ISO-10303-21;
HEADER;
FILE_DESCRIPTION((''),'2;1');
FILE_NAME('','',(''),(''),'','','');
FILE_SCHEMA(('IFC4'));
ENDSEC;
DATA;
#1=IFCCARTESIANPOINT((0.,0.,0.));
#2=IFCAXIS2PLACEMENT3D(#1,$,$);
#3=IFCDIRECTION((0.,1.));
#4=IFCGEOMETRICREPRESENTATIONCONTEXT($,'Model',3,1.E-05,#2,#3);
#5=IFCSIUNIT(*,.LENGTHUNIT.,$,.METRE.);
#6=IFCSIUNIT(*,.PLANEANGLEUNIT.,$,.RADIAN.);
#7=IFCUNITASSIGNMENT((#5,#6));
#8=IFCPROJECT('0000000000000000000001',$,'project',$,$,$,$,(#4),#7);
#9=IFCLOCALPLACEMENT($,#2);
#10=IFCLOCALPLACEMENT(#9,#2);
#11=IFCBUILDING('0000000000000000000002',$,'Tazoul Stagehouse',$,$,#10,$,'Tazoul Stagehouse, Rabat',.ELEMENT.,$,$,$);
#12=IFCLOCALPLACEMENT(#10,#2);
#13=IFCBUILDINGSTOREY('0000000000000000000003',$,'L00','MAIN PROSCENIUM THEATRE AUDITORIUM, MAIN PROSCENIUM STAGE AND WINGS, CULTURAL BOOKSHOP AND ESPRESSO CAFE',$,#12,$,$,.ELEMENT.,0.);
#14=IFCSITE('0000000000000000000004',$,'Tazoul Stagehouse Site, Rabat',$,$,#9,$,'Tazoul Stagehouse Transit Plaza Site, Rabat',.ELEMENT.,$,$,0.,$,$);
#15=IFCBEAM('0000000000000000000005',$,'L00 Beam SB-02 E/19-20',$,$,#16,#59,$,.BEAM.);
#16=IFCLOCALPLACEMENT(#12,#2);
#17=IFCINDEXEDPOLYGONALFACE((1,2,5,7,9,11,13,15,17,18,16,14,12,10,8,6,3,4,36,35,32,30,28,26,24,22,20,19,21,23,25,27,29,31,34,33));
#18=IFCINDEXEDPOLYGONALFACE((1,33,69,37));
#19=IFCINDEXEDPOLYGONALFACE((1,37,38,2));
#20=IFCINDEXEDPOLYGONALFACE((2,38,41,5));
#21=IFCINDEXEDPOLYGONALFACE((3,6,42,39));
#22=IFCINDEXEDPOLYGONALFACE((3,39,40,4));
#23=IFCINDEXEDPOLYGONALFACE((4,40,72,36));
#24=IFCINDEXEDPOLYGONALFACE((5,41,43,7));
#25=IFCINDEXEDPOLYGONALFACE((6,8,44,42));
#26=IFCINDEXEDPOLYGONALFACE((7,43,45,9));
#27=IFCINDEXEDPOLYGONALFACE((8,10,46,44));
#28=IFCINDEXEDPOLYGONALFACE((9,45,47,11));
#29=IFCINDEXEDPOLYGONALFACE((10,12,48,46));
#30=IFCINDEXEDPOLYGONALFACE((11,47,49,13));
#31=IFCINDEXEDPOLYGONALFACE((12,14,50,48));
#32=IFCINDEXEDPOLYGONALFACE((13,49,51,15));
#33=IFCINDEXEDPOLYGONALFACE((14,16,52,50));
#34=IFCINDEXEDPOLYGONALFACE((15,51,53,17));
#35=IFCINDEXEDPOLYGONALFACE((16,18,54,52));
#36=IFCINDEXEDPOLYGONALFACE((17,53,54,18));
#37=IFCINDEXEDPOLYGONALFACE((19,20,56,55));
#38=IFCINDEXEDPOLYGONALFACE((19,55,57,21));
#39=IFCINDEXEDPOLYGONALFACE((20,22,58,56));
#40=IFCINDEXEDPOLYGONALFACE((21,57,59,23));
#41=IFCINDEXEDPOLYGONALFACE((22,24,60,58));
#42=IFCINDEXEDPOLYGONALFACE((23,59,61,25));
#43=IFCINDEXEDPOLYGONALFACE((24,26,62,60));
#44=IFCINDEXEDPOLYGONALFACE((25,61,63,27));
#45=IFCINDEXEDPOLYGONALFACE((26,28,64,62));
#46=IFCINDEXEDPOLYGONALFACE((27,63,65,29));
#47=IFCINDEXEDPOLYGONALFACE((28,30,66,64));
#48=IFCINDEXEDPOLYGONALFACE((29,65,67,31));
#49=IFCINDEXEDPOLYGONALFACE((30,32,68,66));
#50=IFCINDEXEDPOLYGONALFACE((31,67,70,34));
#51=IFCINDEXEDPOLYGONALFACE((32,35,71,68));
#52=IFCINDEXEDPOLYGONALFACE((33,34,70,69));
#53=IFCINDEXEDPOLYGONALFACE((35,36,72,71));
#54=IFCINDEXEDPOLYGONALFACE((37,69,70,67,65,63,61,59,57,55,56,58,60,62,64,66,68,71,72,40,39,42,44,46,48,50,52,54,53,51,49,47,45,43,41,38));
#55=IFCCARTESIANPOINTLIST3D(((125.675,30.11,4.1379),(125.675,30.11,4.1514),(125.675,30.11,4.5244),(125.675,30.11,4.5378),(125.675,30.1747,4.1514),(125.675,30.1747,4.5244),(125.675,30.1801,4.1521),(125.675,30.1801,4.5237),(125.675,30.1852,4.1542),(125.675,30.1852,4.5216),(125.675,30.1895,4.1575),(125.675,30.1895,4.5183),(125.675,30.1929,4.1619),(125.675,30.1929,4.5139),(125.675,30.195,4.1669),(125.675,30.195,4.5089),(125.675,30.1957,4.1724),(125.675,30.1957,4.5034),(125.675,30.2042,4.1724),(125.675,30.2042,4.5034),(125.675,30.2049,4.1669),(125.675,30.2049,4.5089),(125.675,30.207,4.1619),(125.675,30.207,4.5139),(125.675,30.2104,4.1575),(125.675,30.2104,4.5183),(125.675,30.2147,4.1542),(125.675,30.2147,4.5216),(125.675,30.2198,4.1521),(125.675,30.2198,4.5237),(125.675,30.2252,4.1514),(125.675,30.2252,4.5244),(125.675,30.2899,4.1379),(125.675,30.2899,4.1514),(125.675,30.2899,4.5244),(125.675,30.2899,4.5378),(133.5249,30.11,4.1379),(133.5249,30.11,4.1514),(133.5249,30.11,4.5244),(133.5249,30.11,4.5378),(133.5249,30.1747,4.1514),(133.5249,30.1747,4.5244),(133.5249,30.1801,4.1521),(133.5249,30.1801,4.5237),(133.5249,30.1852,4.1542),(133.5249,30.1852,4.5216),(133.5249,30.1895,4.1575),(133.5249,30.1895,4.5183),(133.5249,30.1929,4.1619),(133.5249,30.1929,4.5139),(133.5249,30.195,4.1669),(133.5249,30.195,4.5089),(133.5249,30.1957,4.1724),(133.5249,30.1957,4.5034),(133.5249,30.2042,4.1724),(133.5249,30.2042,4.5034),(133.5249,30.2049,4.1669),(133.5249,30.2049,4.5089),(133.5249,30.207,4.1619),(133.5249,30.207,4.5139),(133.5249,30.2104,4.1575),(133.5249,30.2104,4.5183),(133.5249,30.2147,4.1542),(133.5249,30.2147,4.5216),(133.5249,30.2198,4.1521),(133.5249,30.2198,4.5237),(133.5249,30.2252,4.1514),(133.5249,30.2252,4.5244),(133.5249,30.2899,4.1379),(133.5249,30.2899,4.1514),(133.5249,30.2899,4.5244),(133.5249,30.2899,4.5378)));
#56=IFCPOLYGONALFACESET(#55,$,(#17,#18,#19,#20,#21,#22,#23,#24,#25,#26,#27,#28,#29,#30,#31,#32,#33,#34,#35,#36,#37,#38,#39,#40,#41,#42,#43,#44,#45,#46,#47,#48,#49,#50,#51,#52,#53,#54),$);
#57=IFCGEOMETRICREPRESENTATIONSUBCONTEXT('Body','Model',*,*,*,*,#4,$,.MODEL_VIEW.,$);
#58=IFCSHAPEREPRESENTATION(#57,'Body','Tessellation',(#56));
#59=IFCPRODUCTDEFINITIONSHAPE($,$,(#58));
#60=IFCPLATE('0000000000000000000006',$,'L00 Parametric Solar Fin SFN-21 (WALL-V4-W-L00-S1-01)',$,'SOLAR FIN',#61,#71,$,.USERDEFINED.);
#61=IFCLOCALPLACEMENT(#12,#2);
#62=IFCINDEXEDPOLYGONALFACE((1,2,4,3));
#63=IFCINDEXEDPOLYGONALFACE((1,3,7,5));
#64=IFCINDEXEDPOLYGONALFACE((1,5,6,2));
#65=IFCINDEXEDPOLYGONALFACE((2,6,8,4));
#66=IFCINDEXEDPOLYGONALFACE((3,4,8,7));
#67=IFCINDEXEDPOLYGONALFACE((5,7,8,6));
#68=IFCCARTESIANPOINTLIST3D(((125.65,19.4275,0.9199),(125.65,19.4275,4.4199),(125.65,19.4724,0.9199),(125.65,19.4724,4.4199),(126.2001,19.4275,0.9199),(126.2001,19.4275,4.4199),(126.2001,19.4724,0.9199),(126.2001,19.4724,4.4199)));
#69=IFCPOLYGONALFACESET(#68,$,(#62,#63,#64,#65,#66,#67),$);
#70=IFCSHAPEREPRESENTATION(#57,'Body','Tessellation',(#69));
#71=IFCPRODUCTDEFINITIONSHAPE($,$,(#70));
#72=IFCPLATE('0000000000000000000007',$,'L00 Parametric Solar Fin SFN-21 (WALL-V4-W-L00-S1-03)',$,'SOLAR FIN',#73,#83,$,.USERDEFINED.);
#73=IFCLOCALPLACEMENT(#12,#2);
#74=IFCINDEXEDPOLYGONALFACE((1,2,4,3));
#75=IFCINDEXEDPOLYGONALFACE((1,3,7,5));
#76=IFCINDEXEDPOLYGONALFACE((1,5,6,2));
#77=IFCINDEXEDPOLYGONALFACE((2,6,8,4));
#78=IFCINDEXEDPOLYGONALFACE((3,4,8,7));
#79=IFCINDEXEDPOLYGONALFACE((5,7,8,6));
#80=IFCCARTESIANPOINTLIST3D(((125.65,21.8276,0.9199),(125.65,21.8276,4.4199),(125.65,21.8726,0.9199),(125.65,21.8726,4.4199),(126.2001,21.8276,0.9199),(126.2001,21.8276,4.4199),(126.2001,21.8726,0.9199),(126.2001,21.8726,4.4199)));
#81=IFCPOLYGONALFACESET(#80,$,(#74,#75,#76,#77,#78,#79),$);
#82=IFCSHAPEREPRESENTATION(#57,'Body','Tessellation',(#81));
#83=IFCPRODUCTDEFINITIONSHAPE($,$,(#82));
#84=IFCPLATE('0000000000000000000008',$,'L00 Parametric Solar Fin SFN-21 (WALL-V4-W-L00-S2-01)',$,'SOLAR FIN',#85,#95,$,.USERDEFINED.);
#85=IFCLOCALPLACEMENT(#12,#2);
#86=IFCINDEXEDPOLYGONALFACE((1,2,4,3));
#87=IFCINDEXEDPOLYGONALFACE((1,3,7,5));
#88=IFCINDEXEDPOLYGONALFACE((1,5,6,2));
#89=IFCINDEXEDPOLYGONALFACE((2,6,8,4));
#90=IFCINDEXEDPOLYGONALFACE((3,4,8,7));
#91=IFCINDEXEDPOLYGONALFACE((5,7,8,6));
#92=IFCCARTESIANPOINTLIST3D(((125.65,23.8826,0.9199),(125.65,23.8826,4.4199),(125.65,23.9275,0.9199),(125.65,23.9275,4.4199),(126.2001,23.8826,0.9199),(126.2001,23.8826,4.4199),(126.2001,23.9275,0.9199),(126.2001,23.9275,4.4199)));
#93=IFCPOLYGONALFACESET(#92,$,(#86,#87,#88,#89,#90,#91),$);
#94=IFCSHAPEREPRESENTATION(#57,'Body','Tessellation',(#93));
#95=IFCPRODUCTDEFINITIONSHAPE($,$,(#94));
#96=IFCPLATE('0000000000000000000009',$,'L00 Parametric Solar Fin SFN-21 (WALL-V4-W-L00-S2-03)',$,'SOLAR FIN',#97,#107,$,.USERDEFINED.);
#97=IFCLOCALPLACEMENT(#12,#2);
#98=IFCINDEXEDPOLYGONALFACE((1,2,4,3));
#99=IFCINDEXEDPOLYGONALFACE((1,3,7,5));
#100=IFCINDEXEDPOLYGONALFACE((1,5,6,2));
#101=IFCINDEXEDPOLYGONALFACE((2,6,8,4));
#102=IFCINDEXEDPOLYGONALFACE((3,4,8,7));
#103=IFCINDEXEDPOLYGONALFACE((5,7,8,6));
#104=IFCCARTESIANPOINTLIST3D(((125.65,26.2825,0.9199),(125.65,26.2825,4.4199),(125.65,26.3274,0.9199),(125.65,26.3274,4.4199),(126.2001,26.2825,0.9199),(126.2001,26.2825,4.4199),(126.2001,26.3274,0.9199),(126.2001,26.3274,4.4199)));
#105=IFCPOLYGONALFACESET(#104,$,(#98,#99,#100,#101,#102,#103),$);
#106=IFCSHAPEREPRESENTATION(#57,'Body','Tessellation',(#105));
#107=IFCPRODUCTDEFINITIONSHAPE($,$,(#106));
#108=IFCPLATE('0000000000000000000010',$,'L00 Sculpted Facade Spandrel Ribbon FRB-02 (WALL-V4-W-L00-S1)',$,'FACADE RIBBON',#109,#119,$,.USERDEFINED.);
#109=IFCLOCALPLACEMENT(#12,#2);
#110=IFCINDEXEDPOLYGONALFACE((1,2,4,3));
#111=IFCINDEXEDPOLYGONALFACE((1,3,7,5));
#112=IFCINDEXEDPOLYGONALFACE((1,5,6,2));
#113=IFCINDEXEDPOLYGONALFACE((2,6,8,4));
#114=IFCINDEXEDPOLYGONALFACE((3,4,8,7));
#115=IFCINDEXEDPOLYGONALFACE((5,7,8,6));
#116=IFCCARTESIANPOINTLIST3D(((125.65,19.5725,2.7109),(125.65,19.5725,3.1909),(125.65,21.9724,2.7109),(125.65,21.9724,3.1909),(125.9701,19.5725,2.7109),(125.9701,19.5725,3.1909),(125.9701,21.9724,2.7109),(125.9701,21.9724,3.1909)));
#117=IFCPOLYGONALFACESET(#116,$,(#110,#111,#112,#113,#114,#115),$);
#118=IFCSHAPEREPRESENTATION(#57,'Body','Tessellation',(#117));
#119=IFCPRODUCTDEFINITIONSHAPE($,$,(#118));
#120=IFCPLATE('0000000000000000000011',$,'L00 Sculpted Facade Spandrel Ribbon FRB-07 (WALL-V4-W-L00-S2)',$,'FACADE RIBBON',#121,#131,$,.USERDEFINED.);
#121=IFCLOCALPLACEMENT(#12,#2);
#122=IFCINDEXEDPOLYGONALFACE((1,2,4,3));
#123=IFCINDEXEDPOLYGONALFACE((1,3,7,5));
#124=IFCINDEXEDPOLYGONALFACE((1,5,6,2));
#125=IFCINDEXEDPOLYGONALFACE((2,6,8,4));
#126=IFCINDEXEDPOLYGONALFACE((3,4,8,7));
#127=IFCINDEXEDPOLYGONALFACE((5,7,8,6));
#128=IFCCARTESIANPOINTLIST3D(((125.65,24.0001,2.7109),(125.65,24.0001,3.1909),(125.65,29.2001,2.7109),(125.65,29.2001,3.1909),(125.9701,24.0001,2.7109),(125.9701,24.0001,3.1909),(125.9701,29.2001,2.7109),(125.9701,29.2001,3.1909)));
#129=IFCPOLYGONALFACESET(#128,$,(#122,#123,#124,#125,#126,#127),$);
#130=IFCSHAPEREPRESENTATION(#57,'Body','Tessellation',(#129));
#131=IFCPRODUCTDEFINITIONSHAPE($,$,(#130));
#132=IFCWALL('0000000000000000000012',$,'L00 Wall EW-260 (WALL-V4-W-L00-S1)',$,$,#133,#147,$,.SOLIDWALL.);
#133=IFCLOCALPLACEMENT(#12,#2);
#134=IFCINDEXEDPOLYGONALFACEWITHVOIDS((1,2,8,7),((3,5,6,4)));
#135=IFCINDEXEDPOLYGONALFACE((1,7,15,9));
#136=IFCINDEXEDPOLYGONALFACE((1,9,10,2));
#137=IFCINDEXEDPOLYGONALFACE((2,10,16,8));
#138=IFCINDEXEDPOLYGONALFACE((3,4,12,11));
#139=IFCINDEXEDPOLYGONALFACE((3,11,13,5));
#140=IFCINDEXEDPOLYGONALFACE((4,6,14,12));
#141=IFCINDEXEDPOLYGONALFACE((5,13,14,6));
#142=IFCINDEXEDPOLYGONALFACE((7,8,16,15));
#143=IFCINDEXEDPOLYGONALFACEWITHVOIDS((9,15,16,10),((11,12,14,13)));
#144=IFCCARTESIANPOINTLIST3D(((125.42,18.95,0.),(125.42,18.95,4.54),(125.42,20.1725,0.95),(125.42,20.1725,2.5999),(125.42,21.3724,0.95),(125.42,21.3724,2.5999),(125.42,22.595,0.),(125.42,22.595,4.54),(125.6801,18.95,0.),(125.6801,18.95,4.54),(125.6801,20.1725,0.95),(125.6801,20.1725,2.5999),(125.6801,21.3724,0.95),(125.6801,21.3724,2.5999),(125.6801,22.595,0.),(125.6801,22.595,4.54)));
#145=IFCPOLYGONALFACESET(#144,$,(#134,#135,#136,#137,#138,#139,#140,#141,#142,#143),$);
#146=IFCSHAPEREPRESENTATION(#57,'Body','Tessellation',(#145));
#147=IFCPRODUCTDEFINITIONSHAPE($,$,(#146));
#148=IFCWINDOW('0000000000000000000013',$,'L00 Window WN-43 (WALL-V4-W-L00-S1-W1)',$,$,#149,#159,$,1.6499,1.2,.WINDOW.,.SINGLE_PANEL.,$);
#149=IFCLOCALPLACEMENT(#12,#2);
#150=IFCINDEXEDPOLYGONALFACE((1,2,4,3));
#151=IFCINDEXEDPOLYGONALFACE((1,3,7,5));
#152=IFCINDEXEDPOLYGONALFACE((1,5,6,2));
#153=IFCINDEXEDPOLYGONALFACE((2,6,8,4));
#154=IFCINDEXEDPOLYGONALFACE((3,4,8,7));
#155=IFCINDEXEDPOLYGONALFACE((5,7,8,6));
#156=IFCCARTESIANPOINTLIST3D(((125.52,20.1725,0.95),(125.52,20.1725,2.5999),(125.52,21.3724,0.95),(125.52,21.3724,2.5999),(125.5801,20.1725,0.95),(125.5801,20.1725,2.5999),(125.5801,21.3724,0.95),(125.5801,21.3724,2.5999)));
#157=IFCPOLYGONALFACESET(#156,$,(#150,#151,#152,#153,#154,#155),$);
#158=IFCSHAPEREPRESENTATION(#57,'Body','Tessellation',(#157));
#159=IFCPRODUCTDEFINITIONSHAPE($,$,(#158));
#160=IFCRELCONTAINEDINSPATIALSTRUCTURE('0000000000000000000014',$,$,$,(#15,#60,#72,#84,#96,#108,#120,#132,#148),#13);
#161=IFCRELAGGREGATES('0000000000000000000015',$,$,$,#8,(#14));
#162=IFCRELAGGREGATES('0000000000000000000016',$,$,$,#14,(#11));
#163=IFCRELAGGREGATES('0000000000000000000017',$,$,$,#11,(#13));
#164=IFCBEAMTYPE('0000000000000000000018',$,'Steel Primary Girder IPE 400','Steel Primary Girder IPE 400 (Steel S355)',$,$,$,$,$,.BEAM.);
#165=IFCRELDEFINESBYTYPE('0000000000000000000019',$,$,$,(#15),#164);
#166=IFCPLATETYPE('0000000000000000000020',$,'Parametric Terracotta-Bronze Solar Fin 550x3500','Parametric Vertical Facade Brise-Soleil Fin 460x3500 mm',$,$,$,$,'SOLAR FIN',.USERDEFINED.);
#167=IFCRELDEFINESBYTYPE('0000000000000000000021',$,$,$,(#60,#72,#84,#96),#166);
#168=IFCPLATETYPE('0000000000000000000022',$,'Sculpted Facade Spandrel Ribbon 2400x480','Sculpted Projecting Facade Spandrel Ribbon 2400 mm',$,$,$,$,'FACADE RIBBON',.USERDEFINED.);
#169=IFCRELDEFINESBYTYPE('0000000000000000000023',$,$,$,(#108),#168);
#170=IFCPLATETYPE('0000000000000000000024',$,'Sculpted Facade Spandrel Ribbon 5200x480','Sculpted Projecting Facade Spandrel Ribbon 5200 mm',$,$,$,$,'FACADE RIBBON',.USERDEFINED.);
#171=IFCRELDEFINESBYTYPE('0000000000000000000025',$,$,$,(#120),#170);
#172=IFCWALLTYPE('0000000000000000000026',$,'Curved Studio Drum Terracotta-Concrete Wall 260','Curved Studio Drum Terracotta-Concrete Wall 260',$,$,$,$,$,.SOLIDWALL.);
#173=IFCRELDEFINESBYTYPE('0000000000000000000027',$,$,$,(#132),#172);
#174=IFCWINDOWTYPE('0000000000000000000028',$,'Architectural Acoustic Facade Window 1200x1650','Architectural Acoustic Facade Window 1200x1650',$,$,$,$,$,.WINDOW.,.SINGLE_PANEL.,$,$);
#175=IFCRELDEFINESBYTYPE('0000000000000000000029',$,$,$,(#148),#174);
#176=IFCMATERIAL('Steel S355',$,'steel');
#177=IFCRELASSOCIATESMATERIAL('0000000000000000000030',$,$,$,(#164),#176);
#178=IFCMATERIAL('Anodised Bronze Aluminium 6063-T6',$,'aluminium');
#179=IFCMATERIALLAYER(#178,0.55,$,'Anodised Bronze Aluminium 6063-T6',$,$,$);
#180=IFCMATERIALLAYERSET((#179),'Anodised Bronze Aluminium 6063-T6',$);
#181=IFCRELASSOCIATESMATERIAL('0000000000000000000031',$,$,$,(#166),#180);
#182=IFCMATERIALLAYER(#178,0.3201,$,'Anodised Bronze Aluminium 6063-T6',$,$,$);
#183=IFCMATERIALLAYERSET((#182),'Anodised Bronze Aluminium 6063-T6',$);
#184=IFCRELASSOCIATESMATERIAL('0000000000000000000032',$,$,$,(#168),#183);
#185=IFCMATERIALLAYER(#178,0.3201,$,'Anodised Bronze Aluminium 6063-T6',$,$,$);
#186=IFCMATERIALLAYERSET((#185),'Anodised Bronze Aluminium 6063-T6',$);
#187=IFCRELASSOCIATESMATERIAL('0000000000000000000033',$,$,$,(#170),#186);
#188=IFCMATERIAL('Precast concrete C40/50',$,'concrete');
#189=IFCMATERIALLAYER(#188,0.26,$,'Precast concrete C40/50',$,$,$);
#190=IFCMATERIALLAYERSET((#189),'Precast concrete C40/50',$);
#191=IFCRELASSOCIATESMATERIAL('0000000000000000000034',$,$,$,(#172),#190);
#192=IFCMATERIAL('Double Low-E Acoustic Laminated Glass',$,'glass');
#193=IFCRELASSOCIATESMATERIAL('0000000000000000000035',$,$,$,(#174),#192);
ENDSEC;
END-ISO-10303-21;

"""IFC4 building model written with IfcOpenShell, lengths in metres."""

from ifc_helpers import new_model, si_unit, direction, frame, frame_2d, origin, origin_2d, place, context, subcontext, project, spatial, rectangle, i_section, extrude, material, layer, layer_set, material_profile, profile_set, type_object, element, fill, save


model = new_model("IFC4")

# Units and contexts
model_context = context("Model", 3, precision=1e-05, world=origin(), true_north=direction((0.0, 1.0)))
body_context = subcontext(model_context, "Body", "Model", "MODEL_VIEW")
ifc_project = project(units=[si_unit("LENGTHUNIT", "METRE"), si_unit("PLANEANGLEUNIT", "RADIAN")], contexts=[model_context])

# Site, building, storey
site_placement = place(None, origin())
site = spatial("IfcSite", under=ifc_project, at=site_placement, Name="Tazoul Stagehouse Site, Rabat", LongName="Tazoul Stagehouse Transit Plaza Site, Rabat", CompositionType="ELEMENT", RefElevation=0.0)
building_placement = place(site_placement, origin())
building = spatial("IfcBuilding", under=site, at=building_placement, Name="Tazoul Stagehouse", LongName="Tazoul Stagehouse, Rabat", CompositionType="ELEMENT")
storey_placement = place(building_placement, origin())
storey = spatial("IfcBuildingStorey", under=building, at=storey_placement, Name="L00", Description="MAIN PROSCENIUM THEATRE AUDITORIUM, MAIN PROSCENIUM STAGE AND WINGS, CULTURAL BOOKSHOP AND ESPRESSO CAFE", CompositionType="ELEMENT", Elevation=0.0)

# Beam
ifc_material_1 = material(Name="Steel S355", Category="steel")
ifc_material_profile_1 = material_profile(ifc_material_1, i_section(OverallWidth=0.1799, OverallDepth=0.3999, WebThickness=0.0085, FlangeThickness=0.0134, FilletRadius=0.021, at=origin_2d()), Name="IPE 400")
ifc_profile_set_1 = profile_set([ifc_material_profile_1], Name="Steel S355")
beam_type_1 = type_object("IfcBeamType", Name="Steel Primary Girder IPE 400", Description="Steel Primary Girder IPE 400 (Steel S355)", PredefinedType="BEAM", material=ifc_profile_set_1)
for number, where, z_axis, x_axis, name in (
    (1, (125.675, 30.2, 4.3379), (1.0, 0.0, 0.0), (0.0, 1.0, 0.0), "L00 Beam SB-02 E/19-20"),
):
    element("IfcBeam", number, at=place(storey_placement, frame(where, z_axis=z_axis, x_axis=x_axis)), inside=storey, type_object=beam_type_1, Name=name, PredefinedType="BEAM", context=body_context, shape_type="SweptSolid", body=[
        extrude(i_section(OverallWidth=0.1799, OverallDepth=0.3999, WebThickness=0.0085, FlangeThickness=0.0134, FilletRadius=0.021, at=origin_2d()), origin(), (0.0, 0.0, 1.0), 7.8499),
    ])

# Plates
ifc_material_2 = material(Name="Anodised Bronze Aluminium 6063-T6", Category="aluminium")
ifc_layer_1 = layer(ifc_material_2, 0.55, Name="Anodised Bronze Aluminium 6063-T6")
ifc_layer_set_1 = layer_set([ifc_layer_1], Name="Anodised Bronze Aluminium 6063-T6")
plate_type_1 = type_object("IfcPlateType", Name="Parametric Terracotta-Bronze Solar Fin 550x3500", Description="Parametric Vertical Facade Brise-Soleil Fin 460x3500 mm", ElementType="SOLAR FIN", PredefinedType="USERDEFINED", material=ifc_layer_set_1)
for number, where, z_axis, x_axis, name in (
    (2, (125.925, 19.45, 0.9199), (0.0, 0.0, 1.0), (0.0, 1.0, 0.0), "L00 Parametric Solar Fin SFN-21 (WALL-V4-W-L00-S1-01)"),
    (3, (125.925, 21.8501, 0.9199), (0.0, 0.0, 1.0), (0.0, 1.0, 0.0), "L00 Parametric Solar Fin SFN-21 (WALL-V4-W-L00-S1-03)"),
    (4, (125.925, 23.905, 0.9199), (0.0, 0.0, 1.0), (0.0, 1.0, 0.0), "L00 Parametric Solar Fin SFN-21 (WALL-V4-W-L00-S2-01)"),
    (5, (125.925, 26.3049, 0.9199), (0.0, 0.0, 1.0), (0.0, 1.0, 0.0), "L00 Parametric Solar Fin SFN-21 (WALL-V4-W-L00-S2-03)"),
):
    element("IfcPlate", number, at=place(storey_placement, frame(where, z_axis=z_axis, x_axis=x_axis)), inside=storey, type_object=plate_type_1, Name=name, ObjectType="SOLAR FIN", PredefinedType="USERDEFINED", context=body_context, shape_type="SweptSolid", body=[
        extrude(rectangle(XDim=0.0449, YDim=0.55, at=origin_2d()), origin(), (0.0, 0.0, 1.0), 3.5),
    ])
ifc_layer_2 = layer(ifc_material_2, 0.3201, Name="Anodised Bronze Aluminium 6063-T6")
ifc_layer_set_2 = layer_set([ifc_layer_2], Name="Anodised Bronze Aluminium 6063-T6")
plate_type_2 = type_object("IfcPlateType", Name="Sculpted Facade Spandrel Ribbon 2400x480", Description="Sculpted Projecting Facade Spandrel Ribbon 2400 mm", ElementType="FACADE RIBBON", PredefinedType="USERDEFINED", material=ifc_layer_set_2)
plate_1_placement = place(storey_placement, frame((125.8101, 20.7725, 2.7109), z_axis=(0.0, 0.0, 1.0), x_axis=(0.0, 1.0, 0.0)))
element("IfcPlate", 6, at=plate_1_placement, inside=storey, type_object=plate_type_2, Name="L00 Sculpted Facade Spandrel Ribbon FRB-02 (WALL-V4-W-L00-S1)", ObjectType="FACADE RIBBON", PredefinedType="USERDEFINED", context=body_context, shape_type="SweptSolid", body=[
    extrude(rectangle(XDim=2.3999, YDim=0.3201, at=origin_2d()), origin(), (0.0, 0.0, 1.0), 0.48),
])
ifc_layer_3 = layer(ifc_material_2, 0.3201, Name="Anodised Bronze Aluminium 6063-T6")
ifc_layer_set_3 = layer_set([ifc_layer_3], Name="Anodised Bronze Aluminium 6063-T6")
plate_type_3 = type_object("IfcPlateType", Name="Sculpted Facade Spandrel Ribbon 5200x480", Description="Sculpted Projecting Facade Spandrel Ribbon 5200 mm", ElementType="FACADE RIBBON", PredefinedType="USERDEFINED", material=ifc_layer_set_3)
plate_2_placement = place(storey_placement, frame((125.8101, 26.6001, 2.7109), z_axis=(0.0, 0.0, 1.0), x_axis=(0.0, 1.0, 0.0)))
element("IfcPlate", 7, at=plate_2_placement, inside=storey, type_object=plate_type_3, Name="L00 Sculpted Facade Spandrel Ribbon FRB-07 (WALL-V4-W-L00-S2)", ObjectType="FACADE RIBBON", PredefinedType="USERDEFINED", context=body_context, shape_type="SweptSolid", body=[
    extrude(rectangle(XDim=5.2, YDim=0.3201, at=origin_2d()), origin(), (0.0, 0.0, 1.0), 0.48),
])

# Wall, opening, window
ifc_material_3 = material(Name="Precast concrete C40/50", Category="concrete")
ifc_layer_4 = layer(ifc_material_3, 0.26, Name="Precast concrete C40/50")
ifc_layer_set_4 = layer_set([ifc_layer_4], Name="Precast concrete C40/50")
wall_type = type_object("IfcWallType", Name="Curved Studio Drum Terracotta-Concrete Wall 260", Description="Curved Studio Drum Terracotta-Concrete Wall 260", PredefinedType="SOLIDWALL", material=ifc_layer_set_4)
wall_1_placement = place(storey_placement, frame((125.55, 18.95, 0.0), z_axis=(0.0, 0.0, 1.0), x_axis=(0.0, 1.0, 0.0)))
wall_1 = element("IfcWall", 8, at=wall_1_placement, inside=storey, type_object=wall_type, Name="L00 Wall EW-260 (WALL-V4-W-L00-S1)", PredefinedType="SOLIDWALL", context=body_context, shape_type="SweptSolid", body=[
    extrude(rectangle(XDim=3.645, YDim=0.26, at=frame_2d((1.8225, 0.0))), origin(), (0.0, 0.0, 1.0), 4.54),
])
opening_1_placement = place(wall_1_placement, frame((1.2224, 0.0, 0.95)))
opening_1 = element("IfcOpeningElement", 9, at=opening_1_placement, cuts=wall_1, PredefinedType="OPENING", context=body_context, shape_type="SweptSolid", body=[
    extrude(rectangle(XDim=1.2, YDim=1.6499, at=frame_2d((0.6001, 0.825))), frame((0.0, 0.1499, 0.0), z_axis=(0.0, -1.0, 0.0), x_axis=(1.0, 0.0, 0.0)), (0.0, 0.0, 1.0), 0.3),
])
ifc_material_4 = material(Name="Double Low-E Acoustic Laminated Glass", Category="glass")
window_type_1 = type_object("IfcWindowType", Name="Architectural Acoustic Facade Window 1200x1650", Description="Architectural Acoustic Facade Window 1200x1650", PartitioningType="SINGLE_PANEL", PredefinedType="WINDOW", material=ifc_material_4)
window_1_placement = place(opening_1_placement, origin())
window_1 = element("IfcWindow", 10, at=window_1_placement, inside=storey, type_object=window_type_1, Name="L00 Window WN-43 (WALL-V4-W-L00-S1-W1)", OverallHeight=1.6499, OverallWidth=1.2, PartitioningType="SINGLE_PANEL", PredefinedType="WINDOW", context=body_context, shape_type="SweptSolid", body=[
    extrude(rectangle(XDim=1.2, YDim=1.6499, at=frame_2d((0.6001, 0.825))), frame((0.0, 0.03, 0.0), z_axis=(0.0, -1.0, 0.0), x_axis=(1.0, 0.0, 0.0)), (0.0, 0.0, 1.0), 0.0601),
])
fill(opening_1, window_1)

save(model, "model.ifc")
